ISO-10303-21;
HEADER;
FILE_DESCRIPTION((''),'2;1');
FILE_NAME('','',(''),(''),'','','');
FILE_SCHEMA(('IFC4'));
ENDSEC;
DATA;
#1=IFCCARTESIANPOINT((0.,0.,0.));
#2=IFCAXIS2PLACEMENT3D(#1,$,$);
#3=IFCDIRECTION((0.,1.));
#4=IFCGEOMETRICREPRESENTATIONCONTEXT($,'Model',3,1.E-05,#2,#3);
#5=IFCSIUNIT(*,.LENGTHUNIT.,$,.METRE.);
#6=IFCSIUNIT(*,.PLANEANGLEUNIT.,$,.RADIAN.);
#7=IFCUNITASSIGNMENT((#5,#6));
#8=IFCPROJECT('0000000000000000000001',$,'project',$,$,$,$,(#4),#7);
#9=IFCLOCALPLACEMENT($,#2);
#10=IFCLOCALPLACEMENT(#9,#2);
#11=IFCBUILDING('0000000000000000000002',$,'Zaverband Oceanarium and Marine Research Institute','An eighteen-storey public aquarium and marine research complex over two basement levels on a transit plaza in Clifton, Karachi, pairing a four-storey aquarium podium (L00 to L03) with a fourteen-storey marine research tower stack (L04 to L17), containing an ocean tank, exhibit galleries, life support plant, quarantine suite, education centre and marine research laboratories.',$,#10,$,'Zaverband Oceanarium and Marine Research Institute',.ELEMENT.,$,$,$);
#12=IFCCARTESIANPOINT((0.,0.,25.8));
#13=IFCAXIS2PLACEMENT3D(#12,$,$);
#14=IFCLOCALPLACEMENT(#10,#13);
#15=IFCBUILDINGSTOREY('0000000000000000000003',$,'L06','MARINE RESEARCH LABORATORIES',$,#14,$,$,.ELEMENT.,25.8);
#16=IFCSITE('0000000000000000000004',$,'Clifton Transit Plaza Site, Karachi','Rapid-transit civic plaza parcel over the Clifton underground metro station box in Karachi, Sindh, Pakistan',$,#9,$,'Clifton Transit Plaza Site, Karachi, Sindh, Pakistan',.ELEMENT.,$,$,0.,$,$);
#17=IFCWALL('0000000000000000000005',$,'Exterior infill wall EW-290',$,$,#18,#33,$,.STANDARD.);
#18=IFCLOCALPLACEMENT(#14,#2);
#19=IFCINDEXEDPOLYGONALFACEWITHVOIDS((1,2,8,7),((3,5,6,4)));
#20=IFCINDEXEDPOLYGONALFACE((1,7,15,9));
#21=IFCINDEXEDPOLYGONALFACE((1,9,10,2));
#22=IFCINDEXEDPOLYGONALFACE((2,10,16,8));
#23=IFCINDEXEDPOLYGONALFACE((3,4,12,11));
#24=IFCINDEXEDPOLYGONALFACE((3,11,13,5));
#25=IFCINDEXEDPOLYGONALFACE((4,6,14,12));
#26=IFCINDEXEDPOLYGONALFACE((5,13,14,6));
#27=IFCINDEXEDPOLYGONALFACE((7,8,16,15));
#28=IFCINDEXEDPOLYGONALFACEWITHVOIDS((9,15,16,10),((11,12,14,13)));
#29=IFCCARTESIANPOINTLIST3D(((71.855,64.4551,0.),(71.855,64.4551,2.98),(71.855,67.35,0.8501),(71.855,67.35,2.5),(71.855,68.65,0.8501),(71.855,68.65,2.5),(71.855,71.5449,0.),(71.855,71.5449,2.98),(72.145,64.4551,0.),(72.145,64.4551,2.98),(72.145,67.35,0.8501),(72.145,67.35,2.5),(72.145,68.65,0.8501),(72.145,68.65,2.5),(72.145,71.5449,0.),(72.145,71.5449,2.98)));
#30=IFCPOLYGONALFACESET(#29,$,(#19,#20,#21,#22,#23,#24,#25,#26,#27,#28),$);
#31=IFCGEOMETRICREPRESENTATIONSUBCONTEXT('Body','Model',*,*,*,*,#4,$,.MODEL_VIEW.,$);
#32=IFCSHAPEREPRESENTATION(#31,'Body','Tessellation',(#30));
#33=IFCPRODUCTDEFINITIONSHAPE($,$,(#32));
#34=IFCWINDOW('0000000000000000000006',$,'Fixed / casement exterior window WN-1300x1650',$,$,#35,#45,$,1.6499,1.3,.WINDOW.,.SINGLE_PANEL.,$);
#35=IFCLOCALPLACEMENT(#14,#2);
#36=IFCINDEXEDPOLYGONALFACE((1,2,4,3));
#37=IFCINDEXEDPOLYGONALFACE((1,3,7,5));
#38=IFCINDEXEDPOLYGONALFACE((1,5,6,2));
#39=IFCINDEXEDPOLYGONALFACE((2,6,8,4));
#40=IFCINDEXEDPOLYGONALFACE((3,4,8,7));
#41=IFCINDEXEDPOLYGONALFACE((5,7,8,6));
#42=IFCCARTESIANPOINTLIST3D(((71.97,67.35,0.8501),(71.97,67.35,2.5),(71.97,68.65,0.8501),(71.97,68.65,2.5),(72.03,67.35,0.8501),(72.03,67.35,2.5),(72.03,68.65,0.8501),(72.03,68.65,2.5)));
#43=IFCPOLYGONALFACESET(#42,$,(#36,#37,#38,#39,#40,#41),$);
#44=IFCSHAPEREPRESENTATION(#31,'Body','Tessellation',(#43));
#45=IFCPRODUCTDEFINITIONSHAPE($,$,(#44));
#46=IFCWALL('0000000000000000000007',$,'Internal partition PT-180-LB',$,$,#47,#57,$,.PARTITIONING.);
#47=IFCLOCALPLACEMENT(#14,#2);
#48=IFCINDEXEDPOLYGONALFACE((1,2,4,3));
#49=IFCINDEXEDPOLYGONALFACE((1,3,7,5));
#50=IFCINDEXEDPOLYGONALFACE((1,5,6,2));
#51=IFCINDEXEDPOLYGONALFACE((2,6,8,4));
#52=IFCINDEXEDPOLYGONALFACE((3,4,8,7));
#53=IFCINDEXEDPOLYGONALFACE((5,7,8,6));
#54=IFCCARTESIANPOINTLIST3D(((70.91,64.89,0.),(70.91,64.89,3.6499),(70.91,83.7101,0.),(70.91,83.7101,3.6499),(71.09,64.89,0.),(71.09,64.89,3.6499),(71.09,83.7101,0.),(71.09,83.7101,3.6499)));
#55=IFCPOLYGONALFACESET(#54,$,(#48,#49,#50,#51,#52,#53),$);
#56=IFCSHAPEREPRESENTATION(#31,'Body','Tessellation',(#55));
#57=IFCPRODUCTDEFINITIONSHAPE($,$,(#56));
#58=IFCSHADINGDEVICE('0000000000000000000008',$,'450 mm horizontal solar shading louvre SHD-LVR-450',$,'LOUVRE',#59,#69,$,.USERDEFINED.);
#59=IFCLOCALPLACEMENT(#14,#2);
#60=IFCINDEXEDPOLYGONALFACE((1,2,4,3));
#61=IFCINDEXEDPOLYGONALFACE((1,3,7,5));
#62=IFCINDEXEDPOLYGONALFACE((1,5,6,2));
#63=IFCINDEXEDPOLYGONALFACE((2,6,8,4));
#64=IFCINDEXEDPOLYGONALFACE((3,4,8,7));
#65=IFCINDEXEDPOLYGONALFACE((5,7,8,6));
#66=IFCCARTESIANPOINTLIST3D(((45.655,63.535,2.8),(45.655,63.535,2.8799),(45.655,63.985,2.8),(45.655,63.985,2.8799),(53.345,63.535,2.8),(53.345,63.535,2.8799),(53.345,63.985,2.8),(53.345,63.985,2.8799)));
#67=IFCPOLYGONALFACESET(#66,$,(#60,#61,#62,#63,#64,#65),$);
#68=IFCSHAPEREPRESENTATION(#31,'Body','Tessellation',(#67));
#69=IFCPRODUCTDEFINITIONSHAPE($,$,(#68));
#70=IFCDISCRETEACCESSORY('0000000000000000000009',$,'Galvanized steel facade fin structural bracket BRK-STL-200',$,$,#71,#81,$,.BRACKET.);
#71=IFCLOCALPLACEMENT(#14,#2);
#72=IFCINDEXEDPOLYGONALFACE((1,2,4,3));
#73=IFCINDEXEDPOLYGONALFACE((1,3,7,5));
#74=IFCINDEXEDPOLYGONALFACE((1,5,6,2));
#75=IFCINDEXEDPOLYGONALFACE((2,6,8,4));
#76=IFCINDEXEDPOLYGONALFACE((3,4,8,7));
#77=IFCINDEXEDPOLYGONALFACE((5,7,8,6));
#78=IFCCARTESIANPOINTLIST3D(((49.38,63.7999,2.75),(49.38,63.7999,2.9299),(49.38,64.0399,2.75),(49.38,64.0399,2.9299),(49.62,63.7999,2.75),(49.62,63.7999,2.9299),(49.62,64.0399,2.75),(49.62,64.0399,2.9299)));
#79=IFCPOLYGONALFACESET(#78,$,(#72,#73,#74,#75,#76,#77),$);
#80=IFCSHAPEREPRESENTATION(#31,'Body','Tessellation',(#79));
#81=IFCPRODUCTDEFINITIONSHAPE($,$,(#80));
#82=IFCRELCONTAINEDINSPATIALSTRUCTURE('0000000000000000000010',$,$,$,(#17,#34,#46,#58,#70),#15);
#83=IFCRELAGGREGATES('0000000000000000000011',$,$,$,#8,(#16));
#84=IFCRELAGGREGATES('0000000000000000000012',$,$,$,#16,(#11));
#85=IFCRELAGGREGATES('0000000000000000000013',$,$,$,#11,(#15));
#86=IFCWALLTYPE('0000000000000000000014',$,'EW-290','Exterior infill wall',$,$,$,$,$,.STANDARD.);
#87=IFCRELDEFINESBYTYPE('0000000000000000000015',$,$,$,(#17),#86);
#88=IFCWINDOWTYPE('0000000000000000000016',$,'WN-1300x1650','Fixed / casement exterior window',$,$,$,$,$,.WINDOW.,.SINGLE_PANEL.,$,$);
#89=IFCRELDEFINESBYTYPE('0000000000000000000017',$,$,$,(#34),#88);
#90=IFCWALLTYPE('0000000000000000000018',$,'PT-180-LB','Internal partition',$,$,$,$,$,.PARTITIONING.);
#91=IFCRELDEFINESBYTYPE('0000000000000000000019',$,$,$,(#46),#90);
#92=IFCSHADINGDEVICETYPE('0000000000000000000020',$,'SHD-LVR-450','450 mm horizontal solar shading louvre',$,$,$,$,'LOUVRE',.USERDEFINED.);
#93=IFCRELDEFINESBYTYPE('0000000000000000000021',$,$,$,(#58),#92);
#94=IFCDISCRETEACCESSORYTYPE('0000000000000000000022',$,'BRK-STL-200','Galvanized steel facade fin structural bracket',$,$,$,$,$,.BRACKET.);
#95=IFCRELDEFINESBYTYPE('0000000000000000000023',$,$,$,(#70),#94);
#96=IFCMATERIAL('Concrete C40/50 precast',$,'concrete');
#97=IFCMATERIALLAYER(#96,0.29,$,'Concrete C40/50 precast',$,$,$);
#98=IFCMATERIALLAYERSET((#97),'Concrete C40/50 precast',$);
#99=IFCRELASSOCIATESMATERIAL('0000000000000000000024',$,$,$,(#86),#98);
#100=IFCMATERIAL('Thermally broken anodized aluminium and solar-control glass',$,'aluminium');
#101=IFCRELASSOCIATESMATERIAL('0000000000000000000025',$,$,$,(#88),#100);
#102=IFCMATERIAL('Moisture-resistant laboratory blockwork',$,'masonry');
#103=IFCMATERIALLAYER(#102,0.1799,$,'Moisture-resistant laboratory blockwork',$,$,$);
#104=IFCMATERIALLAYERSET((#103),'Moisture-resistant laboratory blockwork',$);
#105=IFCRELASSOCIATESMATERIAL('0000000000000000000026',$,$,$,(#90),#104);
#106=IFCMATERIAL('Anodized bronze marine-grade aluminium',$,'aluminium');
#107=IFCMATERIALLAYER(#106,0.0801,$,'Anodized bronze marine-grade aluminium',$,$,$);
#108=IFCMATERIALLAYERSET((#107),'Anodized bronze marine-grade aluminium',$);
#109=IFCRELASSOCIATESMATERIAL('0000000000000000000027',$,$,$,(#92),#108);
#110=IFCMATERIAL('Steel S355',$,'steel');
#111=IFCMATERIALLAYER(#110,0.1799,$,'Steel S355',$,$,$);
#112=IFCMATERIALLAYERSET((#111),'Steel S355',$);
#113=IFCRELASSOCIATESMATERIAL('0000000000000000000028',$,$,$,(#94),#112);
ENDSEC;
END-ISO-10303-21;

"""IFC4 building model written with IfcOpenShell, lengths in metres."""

from ifc_helpers import new_model, si_unit, direction, frame, frame_2d, origin, origin_2d, place, context, subcontext, project, spatial, rectangle, extrude, material, layer, layer_set, type_object, element, fill, save


model = new_model("IFC4")

# Units and contexts
model_context = context("Model", 3, precision=1e-05, world=origin(), true_north=direction((0.0, 1.0)))
body_context = subcontext(model_context, "Body", "Model", "MODEL_VIEW")
ifc_project = project(units=[si_unit("LENGTHUNIT", "METRE"), si_unit("PLANEANGLEUNIT", "RADIAN")], contexts=[model_context])

# Site, building, storey
site_placement = place(None, origin())
site = spatial("IfcSite", under=ifc_project, at=site_placement, Name="Clifton Transit Plaza Site, Karachi", Description="Rapid-transit civic plaza parcel over the Clifton underground metro station box in Karachi, Sindh, Pakistan", LongName="Clifton Transit Plaza Site, Karachi, Sindh, Pakistan", CompositionType="ELEMENT", RefElevation=0.0)
building_placement = place(site_placement, origin())
building = spatial("IfcBuilding", under=site, at=building_placement, Name="Zaverband Oceanarium and Marine Research Institute", Description="An eighteen-storey public aquarium and marine research complex over two basement levels on a transit plaza in Clifton, Karachi, pairing a four-storey aquarium podium (L00 to L03) with a fourteen-storey marine research tower stack (L04 to L17), containing an ocean tank, exhibit galleries, life support plant, quarantine suite, education centre and marine research laboratories.", LongName="Zaverband Oceanarium and Marine Research Institute", CompositionType="ELEMENT")
storey_placement = place(building_placement, frame((0.0, 0.0, 25.8)))
storey = spatial("IfcBuildingStorey", under=building, at=storey_placement, Name="L06", Description="MARINE RESEARCH LABORATORIES", CompositionType="ELEMENT", Elevation=25.8)

# Shared definitions
ifc_material_1 = material(Name="Thermally broken anodized aluminium and solar-control glass", Category="aluminium")

# Wall, opening, window
ifc_material_2 = material(Name="Concrete C40/50 precast", Category="concrete")
ifc_layer_1 = layer(ifc_material_2, 0.29, Name="Concrete C40/50 precast")
ifc_layer_set_1 = layer_set([ifc_layer_1], Name="Concrete C40/50 precast")
wall_type_1 = type_object("IfcWallType", Name="EW-290", Description="Exterior infill wall", PredefinedType="STANDARD", material=ifc_layer_set_1)
wall_1_placement = place(storey_placement, frame((72.0, 64.4551, 0.0), z_axis=(0.0, 0.0, 1.0), x_axis=(0.0, 1.0, 0.0)))
wall_1 = element("IfcWall", 1, at=wall_1_placement, inside=storey, type_object=wall_type_1, Name="Exterior infill wall EW-290", PredefinedType="STANDARD", context=body_context, shape_type="SweptSolid", body=[
    extrude(rectangle(XDim=7.0898, YDim=0.29, at=frame_2d((3.5449, 0.0))), origin(), (0.0, 0.0, 1.0), 2.98),
])
opening_1_placement = place(wall_1_placement, frame((2.895, 0.0, 0.8501)))
opening_1 = element("IfcOpeningElement", 2, at=opening_1_placement, cuts=wall_1, PredefinedType="OPENING", context=body_context, shape_type="SweptSolid", body=[
    extrude(rectangle(XDim=1.3, YDim=1.6499, at=frame_2d((0.6499, 0.825))), frame((0.0, 0.157, 0.0), z_axis=(0.0, -1.0, 0.0), x_axis=(1.0, 0.0, 0.0)), (0.0, 0.0, 1.0), 0.314),
])
window_type_1 = type_object("IfcWindowType", Name="WN-1300x1650", Description="Fixed / casement exterior window", PartitioningType="SINGLE_PANEL", PredefinedType="WINDOW", material=ifc_material_1)
window_1_placement = place(opening_1_placement, origin())
window_1 = element("IfcWindow", 3, at=window_1_placement, inside=storey, type_object=window_type_1, Name="Fixed / casement exterior window WN-1300x1650", OverallHeight=1.6499, OverallWidth=1.3, PartitioningType="SINGLE_PANEL", PredefinedType="WINDOW", context=body_context, shape_type="SweptSolid", body=[
    extrude(rectangle(XDim=1.3, YDim=1.6499, at=frame_2d((0.6499, 0.825))), frame((0.0, 0.03, 0.0), z_axis=(0.0, -1.0, 0.0), x_axis=(1.0, 0.0, 0.0)), (0.0, 0.0, 1.0), 0.0601),
])
fill(opening_1, window_1)

# Wall
ifc_material_3 = material(Name="Moisture-resistant laboratory blockwork", Category="masonry")
ifc_layer_2 = layer(ifc_material_3, 0.1799, Name="Moisture-resistant laboratory blockwork")
ifc_layer_set_2 = layer_set([ifc_layer_2], Name="Moisture-resistant laboratory blockwork")
wall_type_2 = type_object("IfcWallType", Name="PT-180-LB", Description="Internal partition", PredefinedType="PARTITIONING", material=ifc_layer_set_2)
wall_2_placement = place(storey_placement, frame((71.0, 64.8899, 0.0), z_axis=(0.0, 0.0, 1.0), x_axis=(0.0, 1.0, 0.0)))
element("IfcWall", 4, at=wall_2_placement, inside=storey, type_object=wall_type_2, Name="Internal partition PT-180-LB", PredefinedType="PARTITIONING", context=body_context, shape_type="SweptSolid", body=[
    extrude(rectangle(XDim=18.8201, YDim=0.1799, at=frame_2d((9.4102, 0.0))), origin(), (0.0, 0.0, 1.0), 3.6499),
])

# Shading device
ifc_material_4 = material(Name="Anodized bronze marine-grade aluminium", Category="aluminium")
ifc_layer_3 = layer(ifc_material_4, 0.0801, Name="Anodized bronze marine-grade aluminium")
ifc_layer_set_3 = layer_set([ifc_layer_3], Name="Anodized bronze marine-grade aluminium")
shading_device_type = type_object("IfcShadingDeviceType", Name="SHD-LVR-450", Description="450 mm horizontal solar shading louvre", ElementType="LOUVRE", PredefinedType="USERDEFINED", material=ifc_layer_set_3)
shading_device_placement = place(storey_placement, frame((45.655, 63.76, 2.8), z_axis=(0.0, 0.0, 1.0), x_axis=(1.0, 0.0, 0.0)))
element("IfcShadingDevice", 5, at=shading_device_placement, inside=storey, type_object=shading_device_type, Name="450 mm horizontal solar shading louvre SHD-LVR-450", ObjectType="LOUVRE", PredefinedType="USERDEFINED", context=body_context, shape_type="SweptSolid", body=[
    extrude(rectangle(XDim=7.6899, YDim=0.45, at=frame_2d((3.845, 0.0))), origin(), (0.0, 0.0, 1.0), 0.0798),
])

# Discrete accessory
ifc_material_5 = material(Name="Steel S355", Category="steel")
ifc_layer_4 = layer(ifc_material_5, 0.1799, Name="Steel S355")
ifc_layer_set_4 = layer_set([ifc_layer_4], Name="Steel S355")
discrete_accessory_type = type_object("IfcDiscreteAccessoryType", Name="BRK-STL-200", Description="Galvanized steel facade fin structural bracket", PredefinedType="BRACKET", material=ifc_layer_set_4)
discrete_accessory_placement = place(storey_placement, frame((49.5, 63.9199, 2.75), z_axis=(0.0, 0.0, 1.0), x_axis=(1.0, 0.0, 0.0)))
element("IfcDiscreteAccessory", 6, at=discrete_accessory_placement, inside=storey, type_object=discrete_accessory_type, Name="Galvanized steel facade fin structural bracket BRK-STL-200", PredefinedType="BRACKET", context=body_context, shape_type="SweptSolid", body=[
    extrude(rectangle(XDim=0.24, YDim=0.24, at=origin_2d()), origin(), (0.0, 0.0, 1.0), 0.1799),
])

save(model, "model.ifc")
